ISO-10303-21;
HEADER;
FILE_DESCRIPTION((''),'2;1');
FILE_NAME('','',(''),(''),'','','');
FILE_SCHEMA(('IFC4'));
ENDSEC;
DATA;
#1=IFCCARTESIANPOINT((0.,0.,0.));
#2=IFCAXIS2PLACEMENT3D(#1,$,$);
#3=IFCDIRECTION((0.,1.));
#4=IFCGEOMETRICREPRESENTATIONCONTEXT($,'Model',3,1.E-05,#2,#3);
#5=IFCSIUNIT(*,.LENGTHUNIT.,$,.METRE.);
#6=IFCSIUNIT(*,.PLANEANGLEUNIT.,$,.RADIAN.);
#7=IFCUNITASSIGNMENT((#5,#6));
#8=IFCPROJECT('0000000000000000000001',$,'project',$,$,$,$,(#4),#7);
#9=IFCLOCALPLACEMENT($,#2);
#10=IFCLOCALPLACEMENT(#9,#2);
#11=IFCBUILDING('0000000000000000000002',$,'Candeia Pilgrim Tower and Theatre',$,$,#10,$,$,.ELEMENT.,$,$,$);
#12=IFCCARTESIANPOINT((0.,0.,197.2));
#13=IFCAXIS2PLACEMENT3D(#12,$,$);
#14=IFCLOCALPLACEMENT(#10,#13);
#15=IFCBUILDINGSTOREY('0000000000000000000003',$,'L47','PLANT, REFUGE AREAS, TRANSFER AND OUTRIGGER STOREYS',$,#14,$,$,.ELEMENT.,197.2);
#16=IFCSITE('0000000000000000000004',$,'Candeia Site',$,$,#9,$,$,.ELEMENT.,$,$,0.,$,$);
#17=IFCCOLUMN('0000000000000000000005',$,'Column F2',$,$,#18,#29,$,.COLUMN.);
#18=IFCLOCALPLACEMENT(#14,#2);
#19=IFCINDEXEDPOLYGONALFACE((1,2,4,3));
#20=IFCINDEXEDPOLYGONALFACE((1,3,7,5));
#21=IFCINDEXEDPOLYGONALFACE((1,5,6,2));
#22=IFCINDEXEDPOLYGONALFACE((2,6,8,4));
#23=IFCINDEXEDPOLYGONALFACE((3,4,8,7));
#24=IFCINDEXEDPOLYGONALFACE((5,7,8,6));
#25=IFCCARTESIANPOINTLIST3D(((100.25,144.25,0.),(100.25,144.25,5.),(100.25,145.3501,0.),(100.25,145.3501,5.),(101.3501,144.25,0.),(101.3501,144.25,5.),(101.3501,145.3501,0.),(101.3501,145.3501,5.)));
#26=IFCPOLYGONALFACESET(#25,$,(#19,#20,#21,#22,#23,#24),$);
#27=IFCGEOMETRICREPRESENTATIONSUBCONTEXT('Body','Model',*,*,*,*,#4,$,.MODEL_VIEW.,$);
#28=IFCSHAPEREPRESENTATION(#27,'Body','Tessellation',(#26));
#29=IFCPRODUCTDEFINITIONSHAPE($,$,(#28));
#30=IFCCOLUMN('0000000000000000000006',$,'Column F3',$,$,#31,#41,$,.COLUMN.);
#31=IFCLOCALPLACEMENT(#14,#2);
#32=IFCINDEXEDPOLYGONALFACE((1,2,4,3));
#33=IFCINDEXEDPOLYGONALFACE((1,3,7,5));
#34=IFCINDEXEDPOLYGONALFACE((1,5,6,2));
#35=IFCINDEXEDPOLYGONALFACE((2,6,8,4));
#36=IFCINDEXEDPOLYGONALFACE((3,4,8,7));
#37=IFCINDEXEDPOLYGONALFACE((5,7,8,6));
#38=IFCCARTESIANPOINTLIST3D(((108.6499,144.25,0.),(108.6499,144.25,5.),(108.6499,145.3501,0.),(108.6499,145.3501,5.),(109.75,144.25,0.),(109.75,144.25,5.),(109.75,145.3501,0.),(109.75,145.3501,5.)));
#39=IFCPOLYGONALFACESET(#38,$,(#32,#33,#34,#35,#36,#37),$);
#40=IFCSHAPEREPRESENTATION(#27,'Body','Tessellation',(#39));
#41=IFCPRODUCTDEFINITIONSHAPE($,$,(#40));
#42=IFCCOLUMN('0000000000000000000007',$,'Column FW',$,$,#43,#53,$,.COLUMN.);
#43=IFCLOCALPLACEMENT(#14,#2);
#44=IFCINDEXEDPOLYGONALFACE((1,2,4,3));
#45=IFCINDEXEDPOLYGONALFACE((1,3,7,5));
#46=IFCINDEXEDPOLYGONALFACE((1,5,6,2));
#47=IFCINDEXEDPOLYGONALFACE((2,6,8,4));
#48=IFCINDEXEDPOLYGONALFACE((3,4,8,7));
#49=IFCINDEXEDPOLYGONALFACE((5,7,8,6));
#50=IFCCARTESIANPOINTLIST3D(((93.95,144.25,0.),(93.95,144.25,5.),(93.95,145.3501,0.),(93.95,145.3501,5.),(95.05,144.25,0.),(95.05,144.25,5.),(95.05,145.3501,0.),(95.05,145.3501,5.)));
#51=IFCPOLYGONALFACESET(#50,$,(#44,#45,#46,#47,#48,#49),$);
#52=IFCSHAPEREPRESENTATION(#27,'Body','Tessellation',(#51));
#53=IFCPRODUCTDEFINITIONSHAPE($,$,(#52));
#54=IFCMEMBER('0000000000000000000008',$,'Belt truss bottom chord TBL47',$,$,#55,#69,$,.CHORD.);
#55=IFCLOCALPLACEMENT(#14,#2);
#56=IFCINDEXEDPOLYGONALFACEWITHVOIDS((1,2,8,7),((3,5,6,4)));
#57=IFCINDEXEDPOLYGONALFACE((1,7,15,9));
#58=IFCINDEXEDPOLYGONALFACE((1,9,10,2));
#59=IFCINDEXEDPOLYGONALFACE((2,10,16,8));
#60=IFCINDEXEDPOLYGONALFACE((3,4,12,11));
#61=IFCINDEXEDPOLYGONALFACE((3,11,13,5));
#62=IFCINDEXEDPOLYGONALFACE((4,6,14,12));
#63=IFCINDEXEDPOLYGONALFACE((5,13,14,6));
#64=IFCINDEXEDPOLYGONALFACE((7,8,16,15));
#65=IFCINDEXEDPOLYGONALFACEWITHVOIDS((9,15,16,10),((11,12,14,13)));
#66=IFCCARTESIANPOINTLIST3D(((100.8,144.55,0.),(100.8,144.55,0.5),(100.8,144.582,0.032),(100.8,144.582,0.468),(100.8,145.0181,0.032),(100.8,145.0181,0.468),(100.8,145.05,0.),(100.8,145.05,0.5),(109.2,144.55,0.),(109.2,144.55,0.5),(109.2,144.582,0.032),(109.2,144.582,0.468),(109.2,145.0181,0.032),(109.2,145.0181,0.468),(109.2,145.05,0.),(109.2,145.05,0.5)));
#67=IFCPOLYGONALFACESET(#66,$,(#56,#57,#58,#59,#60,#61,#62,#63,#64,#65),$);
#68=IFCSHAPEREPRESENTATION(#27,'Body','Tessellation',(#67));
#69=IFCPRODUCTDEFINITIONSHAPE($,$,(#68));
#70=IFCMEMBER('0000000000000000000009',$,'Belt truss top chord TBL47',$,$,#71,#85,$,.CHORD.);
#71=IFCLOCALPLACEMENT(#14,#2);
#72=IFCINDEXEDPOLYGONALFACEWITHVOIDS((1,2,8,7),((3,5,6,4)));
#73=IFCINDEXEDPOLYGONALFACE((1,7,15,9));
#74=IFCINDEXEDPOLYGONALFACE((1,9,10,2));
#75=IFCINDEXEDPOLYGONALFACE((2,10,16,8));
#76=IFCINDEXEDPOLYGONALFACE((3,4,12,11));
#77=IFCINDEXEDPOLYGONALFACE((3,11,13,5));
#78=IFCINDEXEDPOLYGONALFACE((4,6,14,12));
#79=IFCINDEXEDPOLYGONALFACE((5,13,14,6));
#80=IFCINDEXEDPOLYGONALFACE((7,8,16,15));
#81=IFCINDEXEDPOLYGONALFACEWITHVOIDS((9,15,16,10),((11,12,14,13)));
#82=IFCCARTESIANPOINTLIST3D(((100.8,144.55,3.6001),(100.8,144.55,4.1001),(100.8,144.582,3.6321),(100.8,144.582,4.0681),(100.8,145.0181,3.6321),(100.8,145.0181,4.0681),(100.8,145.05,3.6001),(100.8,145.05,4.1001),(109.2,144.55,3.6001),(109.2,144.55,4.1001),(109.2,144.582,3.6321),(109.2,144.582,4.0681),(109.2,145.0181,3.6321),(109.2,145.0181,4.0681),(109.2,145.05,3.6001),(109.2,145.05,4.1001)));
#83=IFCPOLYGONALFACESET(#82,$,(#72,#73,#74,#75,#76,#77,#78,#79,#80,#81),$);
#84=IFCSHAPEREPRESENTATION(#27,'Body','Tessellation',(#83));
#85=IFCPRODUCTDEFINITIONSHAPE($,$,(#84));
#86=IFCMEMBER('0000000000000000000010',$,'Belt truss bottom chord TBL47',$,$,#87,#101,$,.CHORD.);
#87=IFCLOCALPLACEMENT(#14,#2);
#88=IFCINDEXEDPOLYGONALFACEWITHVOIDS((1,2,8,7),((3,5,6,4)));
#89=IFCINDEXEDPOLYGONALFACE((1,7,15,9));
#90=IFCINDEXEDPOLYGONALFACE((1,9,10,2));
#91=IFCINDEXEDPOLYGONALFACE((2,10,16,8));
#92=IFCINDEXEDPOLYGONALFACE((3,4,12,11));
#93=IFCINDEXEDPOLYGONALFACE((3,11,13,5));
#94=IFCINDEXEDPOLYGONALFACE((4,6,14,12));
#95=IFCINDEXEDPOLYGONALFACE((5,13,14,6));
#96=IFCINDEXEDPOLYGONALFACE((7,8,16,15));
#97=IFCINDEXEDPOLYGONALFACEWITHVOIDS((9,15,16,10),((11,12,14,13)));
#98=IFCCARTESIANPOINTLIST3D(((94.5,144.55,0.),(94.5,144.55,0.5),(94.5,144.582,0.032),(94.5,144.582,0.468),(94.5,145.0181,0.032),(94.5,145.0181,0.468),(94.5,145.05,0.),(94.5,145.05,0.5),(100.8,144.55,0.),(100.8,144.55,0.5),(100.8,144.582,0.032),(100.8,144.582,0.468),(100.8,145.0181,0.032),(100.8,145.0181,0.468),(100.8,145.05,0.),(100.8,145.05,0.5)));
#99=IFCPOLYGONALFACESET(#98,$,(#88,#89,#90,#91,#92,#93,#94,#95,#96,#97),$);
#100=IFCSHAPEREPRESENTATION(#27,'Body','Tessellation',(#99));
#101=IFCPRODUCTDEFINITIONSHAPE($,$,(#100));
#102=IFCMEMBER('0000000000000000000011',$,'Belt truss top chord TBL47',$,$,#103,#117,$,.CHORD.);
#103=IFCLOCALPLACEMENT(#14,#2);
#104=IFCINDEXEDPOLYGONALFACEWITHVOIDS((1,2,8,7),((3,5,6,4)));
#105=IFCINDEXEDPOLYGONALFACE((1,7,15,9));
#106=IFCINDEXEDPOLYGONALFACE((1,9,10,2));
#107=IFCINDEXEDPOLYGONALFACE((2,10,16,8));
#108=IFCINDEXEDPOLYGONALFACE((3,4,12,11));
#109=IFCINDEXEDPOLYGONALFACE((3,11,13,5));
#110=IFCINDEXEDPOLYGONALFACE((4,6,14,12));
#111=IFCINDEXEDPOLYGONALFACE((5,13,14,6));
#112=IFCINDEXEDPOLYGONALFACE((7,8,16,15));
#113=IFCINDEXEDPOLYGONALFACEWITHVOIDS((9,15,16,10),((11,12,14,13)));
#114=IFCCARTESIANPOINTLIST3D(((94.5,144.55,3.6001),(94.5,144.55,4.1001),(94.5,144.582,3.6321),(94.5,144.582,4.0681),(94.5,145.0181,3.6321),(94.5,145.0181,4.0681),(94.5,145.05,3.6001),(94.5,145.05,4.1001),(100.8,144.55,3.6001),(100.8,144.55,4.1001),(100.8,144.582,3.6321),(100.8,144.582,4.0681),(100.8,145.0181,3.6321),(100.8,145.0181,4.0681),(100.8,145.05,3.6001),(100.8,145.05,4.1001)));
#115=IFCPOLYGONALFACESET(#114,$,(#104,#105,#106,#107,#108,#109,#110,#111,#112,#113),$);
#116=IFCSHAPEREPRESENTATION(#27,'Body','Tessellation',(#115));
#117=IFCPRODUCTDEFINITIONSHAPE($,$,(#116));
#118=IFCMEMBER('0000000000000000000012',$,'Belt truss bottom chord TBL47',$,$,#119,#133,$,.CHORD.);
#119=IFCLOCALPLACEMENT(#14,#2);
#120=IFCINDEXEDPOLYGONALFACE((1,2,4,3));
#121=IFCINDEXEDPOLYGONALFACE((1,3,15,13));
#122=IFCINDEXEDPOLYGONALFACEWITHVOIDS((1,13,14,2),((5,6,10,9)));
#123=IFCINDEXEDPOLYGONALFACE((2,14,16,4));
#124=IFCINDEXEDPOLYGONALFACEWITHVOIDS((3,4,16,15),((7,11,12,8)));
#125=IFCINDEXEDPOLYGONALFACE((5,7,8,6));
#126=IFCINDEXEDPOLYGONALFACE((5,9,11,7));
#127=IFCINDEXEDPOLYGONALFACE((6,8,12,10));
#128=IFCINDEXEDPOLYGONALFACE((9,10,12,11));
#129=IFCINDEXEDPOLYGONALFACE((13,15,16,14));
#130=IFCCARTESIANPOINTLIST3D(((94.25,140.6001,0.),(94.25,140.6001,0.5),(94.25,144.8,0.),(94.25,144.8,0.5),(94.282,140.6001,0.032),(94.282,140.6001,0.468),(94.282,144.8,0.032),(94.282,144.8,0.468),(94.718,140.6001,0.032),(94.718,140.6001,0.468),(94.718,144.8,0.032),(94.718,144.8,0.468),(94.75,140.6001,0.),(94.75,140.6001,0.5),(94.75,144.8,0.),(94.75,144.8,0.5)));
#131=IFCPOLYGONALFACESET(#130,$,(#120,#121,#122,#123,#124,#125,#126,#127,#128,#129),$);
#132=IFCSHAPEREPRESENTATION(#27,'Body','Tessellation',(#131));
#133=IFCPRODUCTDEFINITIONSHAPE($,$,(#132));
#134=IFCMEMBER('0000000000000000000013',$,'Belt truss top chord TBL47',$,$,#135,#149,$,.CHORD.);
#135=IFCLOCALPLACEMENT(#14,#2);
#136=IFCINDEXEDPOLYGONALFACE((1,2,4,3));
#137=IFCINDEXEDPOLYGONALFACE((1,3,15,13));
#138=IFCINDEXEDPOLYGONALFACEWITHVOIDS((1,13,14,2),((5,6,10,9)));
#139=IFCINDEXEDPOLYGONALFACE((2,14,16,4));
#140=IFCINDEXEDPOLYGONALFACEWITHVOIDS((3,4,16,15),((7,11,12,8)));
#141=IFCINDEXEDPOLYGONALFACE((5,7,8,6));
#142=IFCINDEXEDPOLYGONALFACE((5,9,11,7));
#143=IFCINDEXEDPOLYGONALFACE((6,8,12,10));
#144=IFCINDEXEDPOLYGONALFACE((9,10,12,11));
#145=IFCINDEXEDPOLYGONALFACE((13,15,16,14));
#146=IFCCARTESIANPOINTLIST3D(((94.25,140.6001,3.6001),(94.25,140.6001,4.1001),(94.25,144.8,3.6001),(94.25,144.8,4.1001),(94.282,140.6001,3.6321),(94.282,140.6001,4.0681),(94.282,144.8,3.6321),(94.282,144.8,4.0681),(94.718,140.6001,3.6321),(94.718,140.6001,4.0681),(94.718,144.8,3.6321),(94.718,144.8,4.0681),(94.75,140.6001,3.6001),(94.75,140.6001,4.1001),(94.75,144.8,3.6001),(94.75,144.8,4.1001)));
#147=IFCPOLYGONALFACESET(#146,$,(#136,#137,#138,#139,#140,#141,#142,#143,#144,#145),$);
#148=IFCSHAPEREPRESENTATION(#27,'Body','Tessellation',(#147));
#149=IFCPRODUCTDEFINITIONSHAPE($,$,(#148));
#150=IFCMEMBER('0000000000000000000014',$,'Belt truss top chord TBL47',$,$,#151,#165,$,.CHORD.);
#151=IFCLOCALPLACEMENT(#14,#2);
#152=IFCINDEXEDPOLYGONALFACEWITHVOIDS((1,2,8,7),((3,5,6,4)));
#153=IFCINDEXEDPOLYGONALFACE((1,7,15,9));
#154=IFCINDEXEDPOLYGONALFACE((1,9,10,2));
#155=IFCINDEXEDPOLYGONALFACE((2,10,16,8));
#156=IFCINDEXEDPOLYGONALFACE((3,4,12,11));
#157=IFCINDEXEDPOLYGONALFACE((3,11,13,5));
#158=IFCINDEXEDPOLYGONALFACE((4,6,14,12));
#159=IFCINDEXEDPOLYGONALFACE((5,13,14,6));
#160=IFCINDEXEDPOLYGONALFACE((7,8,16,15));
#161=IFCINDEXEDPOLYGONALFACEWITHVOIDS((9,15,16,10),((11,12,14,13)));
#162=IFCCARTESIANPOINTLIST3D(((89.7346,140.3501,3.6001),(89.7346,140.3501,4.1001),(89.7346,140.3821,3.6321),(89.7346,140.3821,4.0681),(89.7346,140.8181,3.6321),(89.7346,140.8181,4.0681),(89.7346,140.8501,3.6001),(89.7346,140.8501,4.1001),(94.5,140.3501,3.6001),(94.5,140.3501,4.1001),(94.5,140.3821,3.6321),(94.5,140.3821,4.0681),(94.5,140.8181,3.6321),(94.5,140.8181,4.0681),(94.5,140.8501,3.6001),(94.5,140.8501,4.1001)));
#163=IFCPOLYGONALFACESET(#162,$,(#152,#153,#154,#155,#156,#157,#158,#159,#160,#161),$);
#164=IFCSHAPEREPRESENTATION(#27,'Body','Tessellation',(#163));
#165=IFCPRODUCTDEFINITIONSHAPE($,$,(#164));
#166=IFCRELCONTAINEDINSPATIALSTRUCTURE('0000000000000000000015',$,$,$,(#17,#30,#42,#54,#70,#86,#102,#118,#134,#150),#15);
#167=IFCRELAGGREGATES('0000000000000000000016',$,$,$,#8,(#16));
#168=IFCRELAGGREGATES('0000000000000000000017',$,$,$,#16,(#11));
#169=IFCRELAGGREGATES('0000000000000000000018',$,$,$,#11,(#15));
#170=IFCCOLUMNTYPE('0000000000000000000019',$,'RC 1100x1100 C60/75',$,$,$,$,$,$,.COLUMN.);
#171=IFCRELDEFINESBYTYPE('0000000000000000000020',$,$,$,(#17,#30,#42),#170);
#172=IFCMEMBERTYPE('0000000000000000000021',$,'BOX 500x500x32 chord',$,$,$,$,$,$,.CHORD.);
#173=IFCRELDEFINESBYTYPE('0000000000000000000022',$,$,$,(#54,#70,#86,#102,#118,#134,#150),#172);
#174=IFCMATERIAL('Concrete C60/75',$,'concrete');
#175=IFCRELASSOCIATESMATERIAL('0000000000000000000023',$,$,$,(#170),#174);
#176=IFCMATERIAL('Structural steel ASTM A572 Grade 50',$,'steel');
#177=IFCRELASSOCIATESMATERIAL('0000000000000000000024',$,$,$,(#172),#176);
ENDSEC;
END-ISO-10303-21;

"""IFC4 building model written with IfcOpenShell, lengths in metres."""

from ifc_helpers import new_model, si_unit, direction, frame, origin, origin_2d, place, context, subcontext, project, spatial, rectangle, hollow_rectangle, extrude, material, material_profile, profile_set, type_object, element, save


model = new_model("IFC4")

# Units and contexts
model_context = context("Model", 3, precision=1e-05, world=origin(), true_north=direction((0.0, 1.0)))
body_context = subcontext(model_context, "Body", "Model", "MODEL_VIEW")
ifc_project = project(units=[si_unit("LENGTHUNIT", "METRE"), si_unit("PLANEANGLEUNIT", "RADIAN")], contexts=[model_context])

# Site, building, storey
site_placement = place(None, origin())
site = spatial("IfcSite", under=ifc_project, at=site_placement, Name="Candeia Site", CompositionType="ELEMENT", RefElevation=0.0)
building_placement = place(site_placement, origin())
building = spatial("IfcBuilding", under=site, at=building_placement, Name="Candeia Pilgrim Tower and Theatre", CompositionType="ELEMENT")
storey_placement = place(building_placement, frame((0.0, 0.0, 197.2)))
storey = spatial("IfcBuildingStorey", under=building, at=storey_placement, Name="L47", Description="PLANT, REFUGE AREAS, TRANSFER AND OUTRIGGER STOREYS", CompositionType="ELEMENT", Elevation=197.2)

# Columns
ifc_material_1 = material(Name="Concrete C60/75", Category="concrete")
ifc_material_profile_1 = material_profile(ifc_material_1, rectangle(XDim=1.1001, YDim=1.1001, at=origin_2d()))
ifc_profile_set_1 = profile_set([ifc_material_profile_1], Name="Concrete C60/75")
column_type = type_object("IfcColumnType", Name="RC 1100x1100 C60/75", PredefinedType="COLUMN", material=ifc_profile_set_1)
for number, where, z_axis, x_axis, name in (
    (1, (100.8, 144.8, 0.0), (0.0, 0.0, 1.0), (1.0, 0.0, 0.0), "Column F2"),
    (2, (109.2, 144.8, 0.0), (0.0, 0.0, 1.0), (1.0, 0.0, 0.0), "Column F3"),
    (3, (94.5, 144.8, 0.0), (0.0, 0.0, 1.0), (1.0, 0.0, 0.0), "Column FW"),
):
    element("IfcColumn", number, at=place(storey_placement, frame(where, z_axis=z_axis, x_axis=x_axis)), inside=storey, type_object=column_type, Name=name, PredefinedType="COLUMN", context=body_context, shape_type="SweptSolid", body=[
        extrude(rectangle(XDim=1.1001, YDim=1.1001, at=origin_2d()), origin(), (0.0, 0.0, 1.0), 5.0),
    ])

# Members
ifc_material_2 = material(Name="Structural steel ASTM A572 Grade 50", Category="steel")
ifc_material_profile_2 = material_profile(ifc_material_2, hollow_rectangle(XDim=0.5, YDim=0.5, WallThickness=0.032, at=origin_2d()))
ifc_profile_set_2 = profile_set([ifc_material_profile_2], Name="Structural steel ASTM A572 Grade 50")
member_type_1 = type_object("IfcMemberType", Name="BOX 500x500x32 chord", PredefinedType="CHORD", material=ifc_profile_set_2)
for number, where, z_axis, x_axis, name in (
    (4, (109.2, 144.8, 0.25), (-1.0, 0.0, 0.0), (0.0, -1.0, 0.0), "Belt truss bottom chord TBL47"),
    (5, (109.2, 144.8, 3.8501), (-1.0, 0.0, 0.0), (0.0, -1.0, 0.0), "Belt truss top chord TBL47"),
):
    element("IfcMember", number, at=place(storey_placement, frame(where, z_axis=z_axis, x_axis=x_axis)), inside=storey, type_object=member_type_1, Name=name, PredefinedType="CHORD", context=body_context, shape_type="SweptSolid", body=[
        extrude(hollow_rectangle(XDim=0.5, YDim=0.5, WallThickness=0.032, at=origin_2d()), origin(), (0.0, 0.0, 1.0), 8.3999),
    ])
for number, where, z_axis, x_axis, name in (
    (6, (100.8, 144.8, 0.25), (-1.0, 0.0, 0.0), (0.0, -1.0, 0.0), "Belt truss bottom chord TBL47"),
    (7, (100.8, 144.8, 3.8501), (-1.0, 0.0, 0.0), (0.0, -1.0, 0.0), "Belt truss top chord TBL47"),
):
    element("IfcMember", number, at=place(storey_placement, frame(where, z_axis=z_axis, x_axis=x_axis)), inside=storey, type_object=member_type_1, Name=name, PredefinedType="CHORD", context=body_context, shape_type="SweptSolid", body=[
        extrude(hollow_rectangle(XDim=0.5, YDim=0.5, WallThickness=0.032, at=origin_2d()), origin(), (0.0, 0.0, 1.0), 6.3),
    ])
for number, where, z_axis, x_axis, name in (
    (8, (94.5, 144.8, 0.25), (0.0, -1.0, 0.0), (1.0, 0.0, 0.0), "Belt truss bottom chord TBL47"),
    (9, (94.5, 144.8, 3.8501), (0.0, -1.0, 0.0), (1.0, 0.0, 0.0), "Belt truss top chord TBL47"),
):
    element("IfcMember", number, at=place(storey_placement, frame(where, z_axis=z_axis, x_axis=x_axis)), inside=storey, type_object=member_type_1, Name=name, PredefinedType="CHORD", context=body_context, shape_type="SweptSolid", body=[
        extrude(hollow_rectangle(XDim=0.5, YDim=0.5, WallThickness=0.032, at=origin_2d()), origin(), (0.0, 0.0, 1.0), 4.2),
    ])
member_1_placement = place(storey_placement, frame((94.5, 140.6001, 3.8501), z_axis=(-1.0, 0.0, 0.0), x_axis=(0.0, -1.0, 0.0)))
element("IfcMember", 10, at=member_1_placement, inside=storey, type_object=member_type_1, Name="Belt truss top chord TBL47", PredefinedType="CHORD", context=body_context, shape_type="SweptSolid", body=[
    extrude(hollow_rectangle(XDim=0.5, YDim=0.5, WallThickness=0.032, at=origin_2d()), origin(), (0.0, 0.0, 1.0), 4.7654),
])

save(model, "model.ifc")
